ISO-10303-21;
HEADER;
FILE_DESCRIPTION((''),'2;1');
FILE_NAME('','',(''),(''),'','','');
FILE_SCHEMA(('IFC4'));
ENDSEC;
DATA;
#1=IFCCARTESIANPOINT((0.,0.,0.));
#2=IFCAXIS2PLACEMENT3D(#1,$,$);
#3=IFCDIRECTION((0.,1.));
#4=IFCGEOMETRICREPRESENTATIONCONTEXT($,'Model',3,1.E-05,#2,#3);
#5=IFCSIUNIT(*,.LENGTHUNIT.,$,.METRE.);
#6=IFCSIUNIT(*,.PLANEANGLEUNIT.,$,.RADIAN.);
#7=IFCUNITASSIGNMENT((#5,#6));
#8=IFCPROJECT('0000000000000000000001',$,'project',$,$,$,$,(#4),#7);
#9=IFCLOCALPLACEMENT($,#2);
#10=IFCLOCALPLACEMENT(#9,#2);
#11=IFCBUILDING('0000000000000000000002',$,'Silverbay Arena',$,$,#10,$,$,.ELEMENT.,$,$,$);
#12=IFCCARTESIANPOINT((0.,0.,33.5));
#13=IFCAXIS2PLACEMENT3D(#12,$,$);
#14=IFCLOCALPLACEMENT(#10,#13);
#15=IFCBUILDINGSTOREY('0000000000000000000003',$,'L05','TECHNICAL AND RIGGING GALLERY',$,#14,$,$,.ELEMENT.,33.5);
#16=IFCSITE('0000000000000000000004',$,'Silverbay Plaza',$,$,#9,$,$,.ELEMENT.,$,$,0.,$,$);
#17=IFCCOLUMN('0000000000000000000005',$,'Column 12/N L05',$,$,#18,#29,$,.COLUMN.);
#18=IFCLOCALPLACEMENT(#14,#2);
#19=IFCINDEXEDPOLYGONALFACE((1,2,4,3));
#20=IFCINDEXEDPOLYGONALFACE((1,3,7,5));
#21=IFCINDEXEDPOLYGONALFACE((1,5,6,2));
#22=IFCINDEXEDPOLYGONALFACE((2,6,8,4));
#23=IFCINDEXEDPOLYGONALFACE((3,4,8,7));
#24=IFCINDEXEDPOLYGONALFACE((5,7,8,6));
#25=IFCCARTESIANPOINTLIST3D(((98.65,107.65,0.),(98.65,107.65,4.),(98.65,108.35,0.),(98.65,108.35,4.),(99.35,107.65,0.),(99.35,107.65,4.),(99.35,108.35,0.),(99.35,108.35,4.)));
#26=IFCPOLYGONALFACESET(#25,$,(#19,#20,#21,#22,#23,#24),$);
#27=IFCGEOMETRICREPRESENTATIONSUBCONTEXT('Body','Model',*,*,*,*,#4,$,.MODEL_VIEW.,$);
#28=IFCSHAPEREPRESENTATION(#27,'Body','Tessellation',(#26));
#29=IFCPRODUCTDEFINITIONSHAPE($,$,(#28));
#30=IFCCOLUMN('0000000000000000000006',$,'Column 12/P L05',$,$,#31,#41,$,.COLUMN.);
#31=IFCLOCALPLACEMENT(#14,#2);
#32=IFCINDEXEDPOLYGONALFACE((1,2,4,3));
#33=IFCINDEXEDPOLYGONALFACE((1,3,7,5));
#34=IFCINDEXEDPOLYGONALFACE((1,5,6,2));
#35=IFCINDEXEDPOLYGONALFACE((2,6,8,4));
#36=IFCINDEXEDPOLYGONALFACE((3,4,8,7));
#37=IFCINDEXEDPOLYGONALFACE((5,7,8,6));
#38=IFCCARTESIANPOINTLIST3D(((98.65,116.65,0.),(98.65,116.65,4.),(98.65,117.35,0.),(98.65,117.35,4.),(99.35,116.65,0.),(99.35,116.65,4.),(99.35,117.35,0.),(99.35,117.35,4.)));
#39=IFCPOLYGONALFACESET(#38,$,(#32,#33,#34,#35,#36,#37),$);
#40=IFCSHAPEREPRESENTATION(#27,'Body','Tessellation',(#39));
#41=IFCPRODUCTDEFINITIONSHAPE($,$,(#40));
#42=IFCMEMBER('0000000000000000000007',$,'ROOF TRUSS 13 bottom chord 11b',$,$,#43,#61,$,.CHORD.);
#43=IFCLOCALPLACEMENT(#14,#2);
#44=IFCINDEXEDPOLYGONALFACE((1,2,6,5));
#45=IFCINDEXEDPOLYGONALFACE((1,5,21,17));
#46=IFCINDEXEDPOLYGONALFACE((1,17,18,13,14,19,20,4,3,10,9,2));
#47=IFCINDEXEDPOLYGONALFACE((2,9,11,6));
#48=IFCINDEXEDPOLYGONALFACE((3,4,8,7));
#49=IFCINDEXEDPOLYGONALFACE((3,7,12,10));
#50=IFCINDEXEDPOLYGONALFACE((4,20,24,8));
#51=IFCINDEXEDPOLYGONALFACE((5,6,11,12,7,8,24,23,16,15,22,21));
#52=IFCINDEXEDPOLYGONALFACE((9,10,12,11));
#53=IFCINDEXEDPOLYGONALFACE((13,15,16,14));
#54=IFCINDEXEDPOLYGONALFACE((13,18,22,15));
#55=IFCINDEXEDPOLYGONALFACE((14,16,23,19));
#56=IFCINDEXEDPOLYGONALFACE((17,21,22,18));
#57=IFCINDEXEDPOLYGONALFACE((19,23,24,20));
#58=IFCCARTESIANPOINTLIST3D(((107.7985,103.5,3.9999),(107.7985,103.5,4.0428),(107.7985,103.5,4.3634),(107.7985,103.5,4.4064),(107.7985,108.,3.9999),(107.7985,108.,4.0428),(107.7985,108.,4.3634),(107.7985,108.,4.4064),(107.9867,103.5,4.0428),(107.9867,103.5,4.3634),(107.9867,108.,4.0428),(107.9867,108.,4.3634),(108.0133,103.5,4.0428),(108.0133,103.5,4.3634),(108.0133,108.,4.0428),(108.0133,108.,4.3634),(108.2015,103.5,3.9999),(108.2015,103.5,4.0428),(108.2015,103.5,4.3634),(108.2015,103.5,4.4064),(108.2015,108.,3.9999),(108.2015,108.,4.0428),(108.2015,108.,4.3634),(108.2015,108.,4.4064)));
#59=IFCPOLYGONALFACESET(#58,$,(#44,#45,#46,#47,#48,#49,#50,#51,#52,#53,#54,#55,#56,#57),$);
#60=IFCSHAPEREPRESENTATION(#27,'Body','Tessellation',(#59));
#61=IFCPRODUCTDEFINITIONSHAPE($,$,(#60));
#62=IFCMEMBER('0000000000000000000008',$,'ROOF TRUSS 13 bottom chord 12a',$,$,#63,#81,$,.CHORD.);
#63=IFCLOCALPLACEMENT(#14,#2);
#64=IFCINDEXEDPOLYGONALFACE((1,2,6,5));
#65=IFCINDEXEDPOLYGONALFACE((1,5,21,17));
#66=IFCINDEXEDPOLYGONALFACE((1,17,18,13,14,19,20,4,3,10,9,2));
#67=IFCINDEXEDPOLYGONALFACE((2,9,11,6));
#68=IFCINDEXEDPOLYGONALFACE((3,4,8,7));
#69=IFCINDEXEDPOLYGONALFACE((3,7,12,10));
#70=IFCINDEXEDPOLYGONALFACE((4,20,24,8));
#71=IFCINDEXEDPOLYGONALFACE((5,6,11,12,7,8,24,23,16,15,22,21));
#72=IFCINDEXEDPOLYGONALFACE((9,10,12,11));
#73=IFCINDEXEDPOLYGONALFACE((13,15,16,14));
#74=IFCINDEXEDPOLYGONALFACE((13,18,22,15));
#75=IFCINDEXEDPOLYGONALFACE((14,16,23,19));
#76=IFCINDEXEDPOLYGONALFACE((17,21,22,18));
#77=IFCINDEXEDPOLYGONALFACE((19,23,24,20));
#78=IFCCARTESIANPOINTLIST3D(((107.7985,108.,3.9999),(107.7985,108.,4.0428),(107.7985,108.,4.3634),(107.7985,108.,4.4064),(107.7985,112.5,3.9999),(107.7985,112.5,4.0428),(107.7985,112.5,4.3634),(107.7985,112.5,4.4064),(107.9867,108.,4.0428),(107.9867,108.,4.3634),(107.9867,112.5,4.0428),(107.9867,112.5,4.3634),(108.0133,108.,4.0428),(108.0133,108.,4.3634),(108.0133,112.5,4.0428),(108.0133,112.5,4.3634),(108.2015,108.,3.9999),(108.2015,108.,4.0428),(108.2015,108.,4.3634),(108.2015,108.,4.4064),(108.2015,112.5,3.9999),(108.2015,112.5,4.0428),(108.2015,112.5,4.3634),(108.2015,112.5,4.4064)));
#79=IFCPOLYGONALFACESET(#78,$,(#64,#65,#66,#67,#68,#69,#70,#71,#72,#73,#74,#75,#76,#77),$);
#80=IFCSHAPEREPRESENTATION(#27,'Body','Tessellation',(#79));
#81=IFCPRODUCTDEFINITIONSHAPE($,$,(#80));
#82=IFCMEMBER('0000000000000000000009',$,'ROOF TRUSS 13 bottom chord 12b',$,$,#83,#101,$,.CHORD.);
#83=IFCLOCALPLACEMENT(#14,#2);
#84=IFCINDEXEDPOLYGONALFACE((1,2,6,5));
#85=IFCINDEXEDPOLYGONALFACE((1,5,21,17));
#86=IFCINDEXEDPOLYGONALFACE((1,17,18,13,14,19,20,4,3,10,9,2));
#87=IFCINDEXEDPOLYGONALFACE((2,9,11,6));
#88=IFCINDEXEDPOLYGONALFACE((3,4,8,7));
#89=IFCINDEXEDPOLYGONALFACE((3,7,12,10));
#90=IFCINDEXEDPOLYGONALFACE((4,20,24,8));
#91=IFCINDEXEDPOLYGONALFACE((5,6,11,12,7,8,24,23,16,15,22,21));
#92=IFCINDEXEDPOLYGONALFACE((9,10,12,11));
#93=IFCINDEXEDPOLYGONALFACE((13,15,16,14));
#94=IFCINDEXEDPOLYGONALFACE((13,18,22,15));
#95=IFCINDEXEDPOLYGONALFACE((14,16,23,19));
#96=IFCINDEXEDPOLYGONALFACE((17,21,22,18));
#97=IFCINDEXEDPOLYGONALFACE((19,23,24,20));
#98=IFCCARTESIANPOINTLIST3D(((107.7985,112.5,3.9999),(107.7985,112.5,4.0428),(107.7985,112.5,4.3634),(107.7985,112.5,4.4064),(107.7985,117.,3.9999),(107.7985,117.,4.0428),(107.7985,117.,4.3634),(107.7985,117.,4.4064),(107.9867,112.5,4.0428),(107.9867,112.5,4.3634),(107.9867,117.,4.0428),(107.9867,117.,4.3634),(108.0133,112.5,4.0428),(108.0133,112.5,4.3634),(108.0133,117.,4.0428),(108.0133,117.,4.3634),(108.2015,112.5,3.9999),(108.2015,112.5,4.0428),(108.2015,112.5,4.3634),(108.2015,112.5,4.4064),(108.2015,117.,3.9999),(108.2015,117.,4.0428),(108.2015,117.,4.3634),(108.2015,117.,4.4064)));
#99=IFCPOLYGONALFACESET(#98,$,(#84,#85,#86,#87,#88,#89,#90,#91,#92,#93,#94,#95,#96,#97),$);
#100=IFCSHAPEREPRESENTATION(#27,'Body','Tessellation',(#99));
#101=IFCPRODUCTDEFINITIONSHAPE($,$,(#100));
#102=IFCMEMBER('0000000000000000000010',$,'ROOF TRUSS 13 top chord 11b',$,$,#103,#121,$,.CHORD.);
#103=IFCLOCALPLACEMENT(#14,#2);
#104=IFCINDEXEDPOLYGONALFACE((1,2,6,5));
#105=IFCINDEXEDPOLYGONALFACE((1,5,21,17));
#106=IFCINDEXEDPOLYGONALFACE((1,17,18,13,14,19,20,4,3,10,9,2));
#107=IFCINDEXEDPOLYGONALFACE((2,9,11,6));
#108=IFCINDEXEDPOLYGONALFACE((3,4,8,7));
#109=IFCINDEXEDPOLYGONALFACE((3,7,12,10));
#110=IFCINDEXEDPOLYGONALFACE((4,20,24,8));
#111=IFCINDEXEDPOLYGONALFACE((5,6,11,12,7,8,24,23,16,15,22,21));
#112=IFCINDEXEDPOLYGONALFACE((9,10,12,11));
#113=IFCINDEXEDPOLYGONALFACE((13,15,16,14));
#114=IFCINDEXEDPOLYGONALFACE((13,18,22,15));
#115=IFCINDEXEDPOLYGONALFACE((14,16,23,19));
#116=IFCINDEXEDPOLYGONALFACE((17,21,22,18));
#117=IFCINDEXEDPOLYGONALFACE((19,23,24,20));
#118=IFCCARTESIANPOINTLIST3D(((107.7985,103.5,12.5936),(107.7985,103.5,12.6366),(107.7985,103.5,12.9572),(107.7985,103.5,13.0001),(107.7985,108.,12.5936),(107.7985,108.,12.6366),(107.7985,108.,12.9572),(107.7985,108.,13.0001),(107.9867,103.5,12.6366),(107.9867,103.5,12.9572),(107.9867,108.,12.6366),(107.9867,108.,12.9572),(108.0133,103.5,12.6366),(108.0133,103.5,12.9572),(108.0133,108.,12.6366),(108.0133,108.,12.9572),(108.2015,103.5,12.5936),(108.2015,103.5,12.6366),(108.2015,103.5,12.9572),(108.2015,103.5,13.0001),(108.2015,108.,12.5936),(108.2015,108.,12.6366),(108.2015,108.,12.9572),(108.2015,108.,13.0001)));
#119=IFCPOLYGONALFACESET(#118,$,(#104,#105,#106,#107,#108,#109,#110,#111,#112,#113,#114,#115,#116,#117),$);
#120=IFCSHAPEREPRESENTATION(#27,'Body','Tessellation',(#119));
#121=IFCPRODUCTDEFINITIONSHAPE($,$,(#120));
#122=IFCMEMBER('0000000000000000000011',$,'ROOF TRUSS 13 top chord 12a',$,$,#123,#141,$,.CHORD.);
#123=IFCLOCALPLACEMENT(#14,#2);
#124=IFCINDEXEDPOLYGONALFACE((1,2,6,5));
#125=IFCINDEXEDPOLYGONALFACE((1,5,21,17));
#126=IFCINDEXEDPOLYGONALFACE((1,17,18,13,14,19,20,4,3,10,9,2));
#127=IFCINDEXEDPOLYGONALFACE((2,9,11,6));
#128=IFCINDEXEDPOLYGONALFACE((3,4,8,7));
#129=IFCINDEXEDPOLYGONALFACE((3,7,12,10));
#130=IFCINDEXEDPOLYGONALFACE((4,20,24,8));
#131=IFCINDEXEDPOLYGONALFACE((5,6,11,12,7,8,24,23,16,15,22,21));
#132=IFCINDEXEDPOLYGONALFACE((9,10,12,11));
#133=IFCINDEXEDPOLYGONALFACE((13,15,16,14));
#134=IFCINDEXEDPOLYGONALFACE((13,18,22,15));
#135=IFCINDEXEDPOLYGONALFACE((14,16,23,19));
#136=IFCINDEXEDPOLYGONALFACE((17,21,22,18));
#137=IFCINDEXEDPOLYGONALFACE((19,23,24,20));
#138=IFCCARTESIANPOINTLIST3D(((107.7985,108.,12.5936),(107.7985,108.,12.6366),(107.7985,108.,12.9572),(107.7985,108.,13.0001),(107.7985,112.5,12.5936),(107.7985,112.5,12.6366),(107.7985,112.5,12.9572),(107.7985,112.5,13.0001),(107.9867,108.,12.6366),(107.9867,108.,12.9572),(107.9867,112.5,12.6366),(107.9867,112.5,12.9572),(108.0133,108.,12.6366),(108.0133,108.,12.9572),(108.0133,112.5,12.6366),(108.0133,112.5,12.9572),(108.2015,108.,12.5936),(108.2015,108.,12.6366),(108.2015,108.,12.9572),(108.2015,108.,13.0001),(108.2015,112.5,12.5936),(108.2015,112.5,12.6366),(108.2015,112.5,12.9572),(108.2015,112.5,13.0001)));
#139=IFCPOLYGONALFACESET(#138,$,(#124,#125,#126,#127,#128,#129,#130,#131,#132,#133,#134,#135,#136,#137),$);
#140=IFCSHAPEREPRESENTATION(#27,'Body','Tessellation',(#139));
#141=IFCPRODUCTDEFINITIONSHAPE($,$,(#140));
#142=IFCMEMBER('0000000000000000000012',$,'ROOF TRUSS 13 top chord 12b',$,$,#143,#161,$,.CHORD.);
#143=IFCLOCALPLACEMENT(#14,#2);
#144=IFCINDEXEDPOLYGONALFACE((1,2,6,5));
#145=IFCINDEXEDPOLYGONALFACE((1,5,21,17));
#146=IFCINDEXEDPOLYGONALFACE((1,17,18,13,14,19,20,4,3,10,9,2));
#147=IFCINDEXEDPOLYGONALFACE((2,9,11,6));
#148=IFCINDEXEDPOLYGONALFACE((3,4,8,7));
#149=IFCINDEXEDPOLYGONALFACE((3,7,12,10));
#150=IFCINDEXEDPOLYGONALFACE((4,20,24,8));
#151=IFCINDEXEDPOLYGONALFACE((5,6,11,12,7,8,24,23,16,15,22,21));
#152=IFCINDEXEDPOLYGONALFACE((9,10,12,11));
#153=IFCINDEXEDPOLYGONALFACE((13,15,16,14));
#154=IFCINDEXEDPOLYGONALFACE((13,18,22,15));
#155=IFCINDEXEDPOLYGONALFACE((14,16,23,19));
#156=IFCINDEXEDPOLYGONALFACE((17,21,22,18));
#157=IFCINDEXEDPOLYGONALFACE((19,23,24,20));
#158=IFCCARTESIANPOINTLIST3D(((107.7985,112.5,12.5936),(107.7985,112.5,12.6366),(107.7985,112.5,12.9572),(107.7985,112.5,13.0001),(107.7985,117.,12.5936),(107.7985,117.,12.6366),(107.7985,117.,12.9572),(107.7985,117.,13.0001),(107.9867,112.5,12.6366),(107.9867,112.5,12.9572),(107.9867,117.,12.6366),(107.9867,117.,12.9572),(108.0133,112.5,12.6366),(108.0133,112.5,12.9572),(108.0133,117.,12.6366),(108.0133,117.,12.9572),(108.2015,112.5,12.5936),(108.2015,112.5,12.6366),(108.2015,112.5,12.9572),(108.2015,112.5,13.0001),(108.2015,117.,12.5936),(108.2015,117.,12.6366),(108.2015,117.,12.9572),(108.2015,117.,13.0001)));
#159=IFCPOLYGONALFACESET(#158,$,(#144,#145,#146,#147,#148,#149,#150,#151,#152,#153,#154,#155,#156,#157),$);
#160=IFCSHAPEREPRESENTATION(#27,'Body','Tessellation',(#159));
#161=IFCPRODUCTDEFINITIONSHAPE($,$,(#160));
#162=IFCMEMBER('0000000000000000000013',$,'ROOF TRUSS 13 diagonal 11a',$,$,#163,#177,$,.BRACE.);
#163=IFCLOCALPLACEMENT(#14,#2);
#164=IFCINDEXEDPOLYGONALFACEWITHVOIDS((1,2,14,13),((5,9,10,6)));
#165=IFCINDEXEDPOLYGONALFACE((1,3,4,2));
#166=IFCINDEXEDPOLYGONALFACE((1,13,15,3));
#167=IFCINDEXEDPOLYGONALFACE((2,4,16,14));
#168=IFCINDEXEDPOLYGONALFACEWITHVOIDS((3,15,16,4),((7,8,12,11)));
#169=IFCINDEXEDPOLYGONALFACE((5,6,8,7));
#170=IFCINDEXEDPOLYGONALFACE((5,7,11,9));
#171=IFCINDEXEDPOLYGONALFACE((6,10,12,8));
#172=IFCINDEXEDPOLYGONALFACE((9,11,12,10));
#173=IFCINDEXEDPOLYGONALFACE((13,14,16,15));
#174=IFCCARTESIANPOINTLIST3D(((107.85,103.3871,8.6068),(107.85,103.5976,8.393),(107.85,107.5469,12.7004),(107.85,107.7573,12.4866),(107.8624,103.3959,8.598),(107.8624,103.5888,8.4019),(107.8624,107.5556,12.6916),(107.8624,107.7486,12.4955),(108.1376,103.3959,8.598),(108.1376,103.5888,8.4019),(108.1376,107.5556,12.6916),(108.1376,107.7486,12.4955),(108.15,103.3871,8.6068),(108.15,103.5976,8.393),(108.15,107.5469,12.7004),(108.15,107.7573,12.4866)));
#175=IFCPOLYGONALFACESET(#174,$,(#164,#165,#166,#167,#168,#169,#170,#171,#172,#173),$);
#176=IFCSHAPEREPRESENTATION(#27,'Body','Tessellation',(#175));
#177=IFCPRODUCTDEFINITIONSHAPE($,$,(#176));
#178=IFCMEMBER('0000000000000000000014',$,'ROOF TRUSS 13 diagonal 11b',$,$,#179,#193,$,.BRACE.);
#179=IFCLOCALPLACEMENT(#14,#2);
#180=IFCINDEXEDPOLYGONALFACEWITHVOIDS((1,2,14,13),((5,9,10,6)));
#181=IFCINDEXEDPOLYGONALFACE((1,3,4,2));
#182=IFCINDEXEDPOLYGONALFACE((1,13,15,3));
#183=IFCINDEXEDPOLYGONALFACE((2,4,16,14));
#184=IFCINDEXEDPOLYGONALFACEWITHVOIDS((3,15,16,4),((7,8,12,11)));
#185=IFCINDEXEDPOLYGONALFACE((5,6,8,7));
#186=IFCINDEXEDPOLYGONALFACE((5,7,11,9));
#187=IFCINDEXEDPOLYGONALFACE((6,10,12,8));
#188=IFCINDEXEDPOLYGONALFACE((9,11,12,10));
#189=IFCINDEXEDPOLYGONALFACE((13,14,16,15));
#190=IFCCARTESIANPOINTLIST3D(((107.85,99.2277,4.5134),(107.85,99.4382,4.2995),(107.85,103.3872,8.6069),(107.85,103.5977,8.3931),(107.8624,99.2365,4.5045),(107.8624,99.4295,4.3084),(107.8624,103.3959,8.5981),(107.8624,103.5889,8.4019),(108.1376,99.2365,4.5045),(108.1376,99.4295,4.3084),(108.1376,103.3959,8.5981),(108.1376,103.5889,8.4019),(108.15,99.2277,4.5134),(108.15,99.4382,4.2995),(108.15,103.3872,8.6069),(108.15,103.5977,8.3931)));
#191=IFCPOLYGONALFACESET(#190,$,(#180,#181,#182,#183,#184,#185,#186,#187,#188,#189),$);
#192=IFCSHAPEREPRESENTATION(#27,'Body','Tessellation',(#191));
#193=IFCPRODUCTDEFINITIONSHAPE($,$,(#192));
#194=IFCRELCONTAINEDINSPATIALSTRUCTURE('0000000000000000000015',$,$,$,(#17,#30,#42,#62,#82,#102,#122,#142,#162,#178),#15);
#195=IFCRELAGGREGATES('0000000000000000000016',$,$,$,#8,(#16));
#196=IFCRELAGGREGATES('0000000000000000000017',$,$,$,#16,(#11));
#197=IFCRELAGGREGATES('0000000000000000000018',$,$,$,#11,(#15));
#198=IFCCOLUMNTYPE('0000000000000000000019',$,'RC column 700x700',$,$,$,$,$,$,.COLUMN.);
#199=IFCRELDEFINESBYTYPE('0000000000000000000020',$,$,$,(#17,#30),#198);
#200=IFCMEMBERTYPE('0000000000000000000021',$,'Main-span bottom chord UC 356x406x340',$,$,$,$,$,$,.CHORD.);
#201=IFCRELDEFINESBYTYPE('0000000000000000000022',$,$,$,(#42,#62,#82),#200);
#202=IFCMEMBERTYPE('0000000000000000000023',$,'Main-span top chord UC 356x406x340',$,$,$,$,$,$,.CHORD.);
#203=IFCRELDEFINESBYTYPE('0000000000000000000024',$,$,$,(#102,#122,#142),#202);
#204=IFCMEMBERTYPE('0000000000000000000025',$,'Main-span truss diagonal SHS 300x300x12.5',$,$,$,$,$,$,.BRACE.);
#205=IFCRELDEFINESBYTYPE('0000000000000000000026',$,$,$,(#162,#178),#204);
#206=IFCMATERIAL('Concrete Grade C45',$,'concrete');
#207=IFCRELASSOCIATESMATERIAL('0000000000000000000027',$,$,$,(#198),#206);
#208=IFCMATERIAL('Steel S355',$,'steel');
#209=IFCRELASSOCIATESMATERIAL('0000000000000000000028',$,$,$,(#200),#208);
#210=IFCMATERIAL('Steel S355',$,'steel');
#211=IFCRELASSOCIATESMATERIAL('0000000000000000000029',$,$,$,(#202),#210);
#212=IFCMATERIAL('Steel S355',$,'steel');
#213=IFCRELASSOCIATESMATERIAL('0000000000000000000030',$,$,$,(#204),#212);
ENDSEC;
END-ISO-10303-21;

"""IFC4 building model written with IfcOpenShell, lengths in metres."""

from ifc_helpers import new_model, si_unit, direction, frame, origin, origin_2d, place, context, subcontext, project, spatial, rectangle, hollow_rectangle, i_section, extrude, material, material_profile, profile_set, type_object, element, save


model = new_model("IFC4")

# Units and contexts
model_context = context("Model", 3, precision=1e-05, world=origin(), true_north=direction((0.0, 1.0)))
body_context = subcontext(model_context, "Body", "Model", "MODEL_VIEW")
ifc_project = project(units=[si_unit("LENGTHUNIT", "METRE"), si_unit("PLANEANGLEUNIT", "RADIAN")], contexts=[model_context])

# Site, building, storey
site_placement = place(None, origin())
site = spatial("IfcSite", under=ifc_project, at=site_placement, Name="Silverbay Plaza", CompositionType="ELEMENT", RefElevation=0.0)
building_placement = place(site_placement, origin())
building = spatial("IfcBuilding", under=site, at=building_placement, Name="Silverbay Arena", CompositionType="ELEMENT")
storey_placement = place(building_placement, frame((0.0, 0.0, 33.5)))
storey = spatial("IfcBuildingStorey", under=building, at=storey_placement, Name="L05", Description="TECHNICAL AND RIGGING GALLERY", CompositionType="ELEMENT", Elevation=33.5)

# Columns
ifc_material_1 = material(Name="Concrete Grade C45", Category="concrete")
ifc_material_profile_1 = material_profile(ifc_material_1, rectangle(XDim=0.7, YDim=0.7, at=origin_2d()), Name="RC 700x700")
ifc_profile_set_1 = profile_set([ifc_material_profile_1], Name="Concrete Grade C45")
column_type = type_object("IfcColumnType", Name="RC column 700x700", PredefinedType="COLUMN", material=ifc_profile_set_1)
for number, where, z_axis, x_axis, name in (
    (1, (99.0, 108.0, 0.0), (0.0, 0.0, 1.0), (1.0, 0.0, 0.0), "Column 12/N L05"),
    (2, (99.0, 117.0, 0.0), (0.0, 0.0, 1.0), (1.0, 0.0, 0.0), "Column 12/P L05"),
):
    element("IfcColumn", number, at=place(storey_placement, frame(where, z_axis=z_axis, x_axis=x_axis)), inside=storey, type_object=column_type, Name=name, PredefinedType="COLUMN", context=body_context, shape_type="SweptSolid", body=[
        extrude(rectangle(XDim=0.7, YDim=0.7, at=origin_2d()), origin(), (0.0, 0.0, 1.0), 4.0),
    ])

# Members
ifc_material_2 = material(Name="Steel S355", Category="steel")
ifc_material_profile_2 = material_profile(ifc_material_2, i_section(OverallWidth=0.4031, OverallDepth=0.4065, WebThickness=0.0266, FlangeThickness=0.043, at=origin_2d()), Name="UC 356x406x340")
ifc_profile_set_2 = profile_set([ifc_material_profile_2], Name="Steel S355")
member_type_1 = type_object("IfcMemberType", Name="Main-span bottom chord UC 356x406x340", PredefinedType="CHORD", material=ifc_profile_set_2)
for number, where, z_axis, x_axis, name in (
    (3, (108.0, 103.5, 4.2031), (0.0, 1.0, 0.0), (-1.0, 0.0, 0.0), "ROOF TRUSS 13 bottom chord 11b"),
    (4, (108.0, 108.0, 4.2031), (0.0, 1.0, 0.0), (-1.0, 0.0, 0.0), "ROOF TRUSS 13 bottom chord 12a"),
    (5, (108.0, 112.5, 4.2031), (0.0, 1.0, 0.0), (-1.0, 0.0, 0.0), "ROOF TRUSS 13 bottom chord 12b"),
):
    element("IfcMember", number, at=place(storey_placement, frame(where, z_axis=z_axis, x_axis=x_axis)), inside=storey, type_object=member_type_1, Name=name, PredefinedType="CHORD", context=body_context, shape_type="SweptSolid", body=[
        extrude(i_section(OverallWidth=0.4031, OverallDepth=0.4065, WebThickness=0.0266, FlangeThickness=0.043, at=origin_2d()), origin(), (0.0, 0.0, 1.0), 4.5),
    ])
ifc_material_3 = material(Name="Steel S355", Category="steel")
ifc_material_profile_3 = material_profile(ifc_material_3, i_section(OverallWidth=0.4031, OverallDepth=0.4065, WebThickness=0.0266, FlangeThickness=0.043, at=origin_2d()), Name="UC 356x406x340")
ifc_profile_set_3 = profile_set([ifc_material_profile_3], Name="Steel S355")
member_type_2 = type_object("IfcMemberType", Name="Main-span top chord UC 356x406x340", PredefinedType="CHORD", material=ifc_profile_set_3)
for number, where, z_axis, x_axis, name in (
    (6, (108.0, 103.5, 12.7969), (0.0, 1.0, 0.0), (-1.0, 0.0, 0.0), "ROOF TRUSS 13 top chord 11b"),
    (7, (108.0, 108.0, 12.7969), (0.0, 1.0, 0.0), (-1.0, 0.0, 0.0), "ROOF TRUSS 13 top chord 12a"),
    (8, (108.0, 112.5, 12.7969), (0.0, 1.0, 0.0), (-1.0, 0.0, 0.0), "ROOF TRUSS 13 top chord 12b"),
):
    element("IfcMember", number, at=place(storey_placement, frame(where, z_axis=z_axis, x_axis=x_axis)), inside=storey, type_object=member_type_2, Name=name, PredefinedType="CHORD", context=body_context, shape_type="SweptSolid", body=[
        extrude(i_section(OverallWidth=0.4031, OverallDepth=0.4065, WebThickness=0.0266, FlangeThickness=0.043, at=origin_2d()), origin(), (0.0, 0.0, 1.0), 4.5),
    ])
ifc_material_4 = material(Name="Steel S355", Category="steel")
ifc_material_profile_4 = material_profile(ifc_material_4, hollow_rectangle(XDim=0.3, YDim=0.3, WallThickness=0.0125, at=origin_2d()), Name="SHS 300x300x12.5")
ifc_profile_set_4 = profile_set([ifc_material_profile_4], Name="Steel S355")
member_type_3 = type_object("IfcMemberType", Name="Main-span truss diagonal SHS 300x300x12.5", PredefinedType="BRACE", material=ifc_profile_set_4)
member_1_placement = place(storey_placement, frame((108.0, 107.6521, 12.5935), z_axis=(0.0, -0.712752, -0.701416), x_axis=(1.0, 0.0, 0.0)))
element("IfcMember", 9, at=member_1_placement, inside=storey, type_object=member_type_3, Name="ROOF TRUSS 13 diagonal 11a", PredefinedType="BRACE", context=body_context, shape_type="SweptSolid", body=[
    extrude(hollow_rectangle(XDim=0.3, YDim=0.3, WallThickness=0.0125, at=origin_2d()), origin(), (0.0, 0.0, 1.0), 5.8362),
])
member_2_placement = place(storey_placement, frame((108.0, 103.4924, 8.5), z_axis=(0.0, -0.712732, -0.701437), x_axis=(1.0, 0.0, 0.0)))
element("IfcMember", 10, at=member_2_placement, inside=storey, type_object=member_type_3, Name="ROOF TRUSS 13 diagonal 11b", PredefinedType="BRACE", context=body_context, shape_type="SweptSolid", body=[
    extrude(hollow_rectangle(XDim=0.3, YDim=0.3, WallThickness=0.0125, at=origin_2d()), origin(), (0.0, 0.0, 1.0), 5.8359),
])

save(model, "model.ifc")
